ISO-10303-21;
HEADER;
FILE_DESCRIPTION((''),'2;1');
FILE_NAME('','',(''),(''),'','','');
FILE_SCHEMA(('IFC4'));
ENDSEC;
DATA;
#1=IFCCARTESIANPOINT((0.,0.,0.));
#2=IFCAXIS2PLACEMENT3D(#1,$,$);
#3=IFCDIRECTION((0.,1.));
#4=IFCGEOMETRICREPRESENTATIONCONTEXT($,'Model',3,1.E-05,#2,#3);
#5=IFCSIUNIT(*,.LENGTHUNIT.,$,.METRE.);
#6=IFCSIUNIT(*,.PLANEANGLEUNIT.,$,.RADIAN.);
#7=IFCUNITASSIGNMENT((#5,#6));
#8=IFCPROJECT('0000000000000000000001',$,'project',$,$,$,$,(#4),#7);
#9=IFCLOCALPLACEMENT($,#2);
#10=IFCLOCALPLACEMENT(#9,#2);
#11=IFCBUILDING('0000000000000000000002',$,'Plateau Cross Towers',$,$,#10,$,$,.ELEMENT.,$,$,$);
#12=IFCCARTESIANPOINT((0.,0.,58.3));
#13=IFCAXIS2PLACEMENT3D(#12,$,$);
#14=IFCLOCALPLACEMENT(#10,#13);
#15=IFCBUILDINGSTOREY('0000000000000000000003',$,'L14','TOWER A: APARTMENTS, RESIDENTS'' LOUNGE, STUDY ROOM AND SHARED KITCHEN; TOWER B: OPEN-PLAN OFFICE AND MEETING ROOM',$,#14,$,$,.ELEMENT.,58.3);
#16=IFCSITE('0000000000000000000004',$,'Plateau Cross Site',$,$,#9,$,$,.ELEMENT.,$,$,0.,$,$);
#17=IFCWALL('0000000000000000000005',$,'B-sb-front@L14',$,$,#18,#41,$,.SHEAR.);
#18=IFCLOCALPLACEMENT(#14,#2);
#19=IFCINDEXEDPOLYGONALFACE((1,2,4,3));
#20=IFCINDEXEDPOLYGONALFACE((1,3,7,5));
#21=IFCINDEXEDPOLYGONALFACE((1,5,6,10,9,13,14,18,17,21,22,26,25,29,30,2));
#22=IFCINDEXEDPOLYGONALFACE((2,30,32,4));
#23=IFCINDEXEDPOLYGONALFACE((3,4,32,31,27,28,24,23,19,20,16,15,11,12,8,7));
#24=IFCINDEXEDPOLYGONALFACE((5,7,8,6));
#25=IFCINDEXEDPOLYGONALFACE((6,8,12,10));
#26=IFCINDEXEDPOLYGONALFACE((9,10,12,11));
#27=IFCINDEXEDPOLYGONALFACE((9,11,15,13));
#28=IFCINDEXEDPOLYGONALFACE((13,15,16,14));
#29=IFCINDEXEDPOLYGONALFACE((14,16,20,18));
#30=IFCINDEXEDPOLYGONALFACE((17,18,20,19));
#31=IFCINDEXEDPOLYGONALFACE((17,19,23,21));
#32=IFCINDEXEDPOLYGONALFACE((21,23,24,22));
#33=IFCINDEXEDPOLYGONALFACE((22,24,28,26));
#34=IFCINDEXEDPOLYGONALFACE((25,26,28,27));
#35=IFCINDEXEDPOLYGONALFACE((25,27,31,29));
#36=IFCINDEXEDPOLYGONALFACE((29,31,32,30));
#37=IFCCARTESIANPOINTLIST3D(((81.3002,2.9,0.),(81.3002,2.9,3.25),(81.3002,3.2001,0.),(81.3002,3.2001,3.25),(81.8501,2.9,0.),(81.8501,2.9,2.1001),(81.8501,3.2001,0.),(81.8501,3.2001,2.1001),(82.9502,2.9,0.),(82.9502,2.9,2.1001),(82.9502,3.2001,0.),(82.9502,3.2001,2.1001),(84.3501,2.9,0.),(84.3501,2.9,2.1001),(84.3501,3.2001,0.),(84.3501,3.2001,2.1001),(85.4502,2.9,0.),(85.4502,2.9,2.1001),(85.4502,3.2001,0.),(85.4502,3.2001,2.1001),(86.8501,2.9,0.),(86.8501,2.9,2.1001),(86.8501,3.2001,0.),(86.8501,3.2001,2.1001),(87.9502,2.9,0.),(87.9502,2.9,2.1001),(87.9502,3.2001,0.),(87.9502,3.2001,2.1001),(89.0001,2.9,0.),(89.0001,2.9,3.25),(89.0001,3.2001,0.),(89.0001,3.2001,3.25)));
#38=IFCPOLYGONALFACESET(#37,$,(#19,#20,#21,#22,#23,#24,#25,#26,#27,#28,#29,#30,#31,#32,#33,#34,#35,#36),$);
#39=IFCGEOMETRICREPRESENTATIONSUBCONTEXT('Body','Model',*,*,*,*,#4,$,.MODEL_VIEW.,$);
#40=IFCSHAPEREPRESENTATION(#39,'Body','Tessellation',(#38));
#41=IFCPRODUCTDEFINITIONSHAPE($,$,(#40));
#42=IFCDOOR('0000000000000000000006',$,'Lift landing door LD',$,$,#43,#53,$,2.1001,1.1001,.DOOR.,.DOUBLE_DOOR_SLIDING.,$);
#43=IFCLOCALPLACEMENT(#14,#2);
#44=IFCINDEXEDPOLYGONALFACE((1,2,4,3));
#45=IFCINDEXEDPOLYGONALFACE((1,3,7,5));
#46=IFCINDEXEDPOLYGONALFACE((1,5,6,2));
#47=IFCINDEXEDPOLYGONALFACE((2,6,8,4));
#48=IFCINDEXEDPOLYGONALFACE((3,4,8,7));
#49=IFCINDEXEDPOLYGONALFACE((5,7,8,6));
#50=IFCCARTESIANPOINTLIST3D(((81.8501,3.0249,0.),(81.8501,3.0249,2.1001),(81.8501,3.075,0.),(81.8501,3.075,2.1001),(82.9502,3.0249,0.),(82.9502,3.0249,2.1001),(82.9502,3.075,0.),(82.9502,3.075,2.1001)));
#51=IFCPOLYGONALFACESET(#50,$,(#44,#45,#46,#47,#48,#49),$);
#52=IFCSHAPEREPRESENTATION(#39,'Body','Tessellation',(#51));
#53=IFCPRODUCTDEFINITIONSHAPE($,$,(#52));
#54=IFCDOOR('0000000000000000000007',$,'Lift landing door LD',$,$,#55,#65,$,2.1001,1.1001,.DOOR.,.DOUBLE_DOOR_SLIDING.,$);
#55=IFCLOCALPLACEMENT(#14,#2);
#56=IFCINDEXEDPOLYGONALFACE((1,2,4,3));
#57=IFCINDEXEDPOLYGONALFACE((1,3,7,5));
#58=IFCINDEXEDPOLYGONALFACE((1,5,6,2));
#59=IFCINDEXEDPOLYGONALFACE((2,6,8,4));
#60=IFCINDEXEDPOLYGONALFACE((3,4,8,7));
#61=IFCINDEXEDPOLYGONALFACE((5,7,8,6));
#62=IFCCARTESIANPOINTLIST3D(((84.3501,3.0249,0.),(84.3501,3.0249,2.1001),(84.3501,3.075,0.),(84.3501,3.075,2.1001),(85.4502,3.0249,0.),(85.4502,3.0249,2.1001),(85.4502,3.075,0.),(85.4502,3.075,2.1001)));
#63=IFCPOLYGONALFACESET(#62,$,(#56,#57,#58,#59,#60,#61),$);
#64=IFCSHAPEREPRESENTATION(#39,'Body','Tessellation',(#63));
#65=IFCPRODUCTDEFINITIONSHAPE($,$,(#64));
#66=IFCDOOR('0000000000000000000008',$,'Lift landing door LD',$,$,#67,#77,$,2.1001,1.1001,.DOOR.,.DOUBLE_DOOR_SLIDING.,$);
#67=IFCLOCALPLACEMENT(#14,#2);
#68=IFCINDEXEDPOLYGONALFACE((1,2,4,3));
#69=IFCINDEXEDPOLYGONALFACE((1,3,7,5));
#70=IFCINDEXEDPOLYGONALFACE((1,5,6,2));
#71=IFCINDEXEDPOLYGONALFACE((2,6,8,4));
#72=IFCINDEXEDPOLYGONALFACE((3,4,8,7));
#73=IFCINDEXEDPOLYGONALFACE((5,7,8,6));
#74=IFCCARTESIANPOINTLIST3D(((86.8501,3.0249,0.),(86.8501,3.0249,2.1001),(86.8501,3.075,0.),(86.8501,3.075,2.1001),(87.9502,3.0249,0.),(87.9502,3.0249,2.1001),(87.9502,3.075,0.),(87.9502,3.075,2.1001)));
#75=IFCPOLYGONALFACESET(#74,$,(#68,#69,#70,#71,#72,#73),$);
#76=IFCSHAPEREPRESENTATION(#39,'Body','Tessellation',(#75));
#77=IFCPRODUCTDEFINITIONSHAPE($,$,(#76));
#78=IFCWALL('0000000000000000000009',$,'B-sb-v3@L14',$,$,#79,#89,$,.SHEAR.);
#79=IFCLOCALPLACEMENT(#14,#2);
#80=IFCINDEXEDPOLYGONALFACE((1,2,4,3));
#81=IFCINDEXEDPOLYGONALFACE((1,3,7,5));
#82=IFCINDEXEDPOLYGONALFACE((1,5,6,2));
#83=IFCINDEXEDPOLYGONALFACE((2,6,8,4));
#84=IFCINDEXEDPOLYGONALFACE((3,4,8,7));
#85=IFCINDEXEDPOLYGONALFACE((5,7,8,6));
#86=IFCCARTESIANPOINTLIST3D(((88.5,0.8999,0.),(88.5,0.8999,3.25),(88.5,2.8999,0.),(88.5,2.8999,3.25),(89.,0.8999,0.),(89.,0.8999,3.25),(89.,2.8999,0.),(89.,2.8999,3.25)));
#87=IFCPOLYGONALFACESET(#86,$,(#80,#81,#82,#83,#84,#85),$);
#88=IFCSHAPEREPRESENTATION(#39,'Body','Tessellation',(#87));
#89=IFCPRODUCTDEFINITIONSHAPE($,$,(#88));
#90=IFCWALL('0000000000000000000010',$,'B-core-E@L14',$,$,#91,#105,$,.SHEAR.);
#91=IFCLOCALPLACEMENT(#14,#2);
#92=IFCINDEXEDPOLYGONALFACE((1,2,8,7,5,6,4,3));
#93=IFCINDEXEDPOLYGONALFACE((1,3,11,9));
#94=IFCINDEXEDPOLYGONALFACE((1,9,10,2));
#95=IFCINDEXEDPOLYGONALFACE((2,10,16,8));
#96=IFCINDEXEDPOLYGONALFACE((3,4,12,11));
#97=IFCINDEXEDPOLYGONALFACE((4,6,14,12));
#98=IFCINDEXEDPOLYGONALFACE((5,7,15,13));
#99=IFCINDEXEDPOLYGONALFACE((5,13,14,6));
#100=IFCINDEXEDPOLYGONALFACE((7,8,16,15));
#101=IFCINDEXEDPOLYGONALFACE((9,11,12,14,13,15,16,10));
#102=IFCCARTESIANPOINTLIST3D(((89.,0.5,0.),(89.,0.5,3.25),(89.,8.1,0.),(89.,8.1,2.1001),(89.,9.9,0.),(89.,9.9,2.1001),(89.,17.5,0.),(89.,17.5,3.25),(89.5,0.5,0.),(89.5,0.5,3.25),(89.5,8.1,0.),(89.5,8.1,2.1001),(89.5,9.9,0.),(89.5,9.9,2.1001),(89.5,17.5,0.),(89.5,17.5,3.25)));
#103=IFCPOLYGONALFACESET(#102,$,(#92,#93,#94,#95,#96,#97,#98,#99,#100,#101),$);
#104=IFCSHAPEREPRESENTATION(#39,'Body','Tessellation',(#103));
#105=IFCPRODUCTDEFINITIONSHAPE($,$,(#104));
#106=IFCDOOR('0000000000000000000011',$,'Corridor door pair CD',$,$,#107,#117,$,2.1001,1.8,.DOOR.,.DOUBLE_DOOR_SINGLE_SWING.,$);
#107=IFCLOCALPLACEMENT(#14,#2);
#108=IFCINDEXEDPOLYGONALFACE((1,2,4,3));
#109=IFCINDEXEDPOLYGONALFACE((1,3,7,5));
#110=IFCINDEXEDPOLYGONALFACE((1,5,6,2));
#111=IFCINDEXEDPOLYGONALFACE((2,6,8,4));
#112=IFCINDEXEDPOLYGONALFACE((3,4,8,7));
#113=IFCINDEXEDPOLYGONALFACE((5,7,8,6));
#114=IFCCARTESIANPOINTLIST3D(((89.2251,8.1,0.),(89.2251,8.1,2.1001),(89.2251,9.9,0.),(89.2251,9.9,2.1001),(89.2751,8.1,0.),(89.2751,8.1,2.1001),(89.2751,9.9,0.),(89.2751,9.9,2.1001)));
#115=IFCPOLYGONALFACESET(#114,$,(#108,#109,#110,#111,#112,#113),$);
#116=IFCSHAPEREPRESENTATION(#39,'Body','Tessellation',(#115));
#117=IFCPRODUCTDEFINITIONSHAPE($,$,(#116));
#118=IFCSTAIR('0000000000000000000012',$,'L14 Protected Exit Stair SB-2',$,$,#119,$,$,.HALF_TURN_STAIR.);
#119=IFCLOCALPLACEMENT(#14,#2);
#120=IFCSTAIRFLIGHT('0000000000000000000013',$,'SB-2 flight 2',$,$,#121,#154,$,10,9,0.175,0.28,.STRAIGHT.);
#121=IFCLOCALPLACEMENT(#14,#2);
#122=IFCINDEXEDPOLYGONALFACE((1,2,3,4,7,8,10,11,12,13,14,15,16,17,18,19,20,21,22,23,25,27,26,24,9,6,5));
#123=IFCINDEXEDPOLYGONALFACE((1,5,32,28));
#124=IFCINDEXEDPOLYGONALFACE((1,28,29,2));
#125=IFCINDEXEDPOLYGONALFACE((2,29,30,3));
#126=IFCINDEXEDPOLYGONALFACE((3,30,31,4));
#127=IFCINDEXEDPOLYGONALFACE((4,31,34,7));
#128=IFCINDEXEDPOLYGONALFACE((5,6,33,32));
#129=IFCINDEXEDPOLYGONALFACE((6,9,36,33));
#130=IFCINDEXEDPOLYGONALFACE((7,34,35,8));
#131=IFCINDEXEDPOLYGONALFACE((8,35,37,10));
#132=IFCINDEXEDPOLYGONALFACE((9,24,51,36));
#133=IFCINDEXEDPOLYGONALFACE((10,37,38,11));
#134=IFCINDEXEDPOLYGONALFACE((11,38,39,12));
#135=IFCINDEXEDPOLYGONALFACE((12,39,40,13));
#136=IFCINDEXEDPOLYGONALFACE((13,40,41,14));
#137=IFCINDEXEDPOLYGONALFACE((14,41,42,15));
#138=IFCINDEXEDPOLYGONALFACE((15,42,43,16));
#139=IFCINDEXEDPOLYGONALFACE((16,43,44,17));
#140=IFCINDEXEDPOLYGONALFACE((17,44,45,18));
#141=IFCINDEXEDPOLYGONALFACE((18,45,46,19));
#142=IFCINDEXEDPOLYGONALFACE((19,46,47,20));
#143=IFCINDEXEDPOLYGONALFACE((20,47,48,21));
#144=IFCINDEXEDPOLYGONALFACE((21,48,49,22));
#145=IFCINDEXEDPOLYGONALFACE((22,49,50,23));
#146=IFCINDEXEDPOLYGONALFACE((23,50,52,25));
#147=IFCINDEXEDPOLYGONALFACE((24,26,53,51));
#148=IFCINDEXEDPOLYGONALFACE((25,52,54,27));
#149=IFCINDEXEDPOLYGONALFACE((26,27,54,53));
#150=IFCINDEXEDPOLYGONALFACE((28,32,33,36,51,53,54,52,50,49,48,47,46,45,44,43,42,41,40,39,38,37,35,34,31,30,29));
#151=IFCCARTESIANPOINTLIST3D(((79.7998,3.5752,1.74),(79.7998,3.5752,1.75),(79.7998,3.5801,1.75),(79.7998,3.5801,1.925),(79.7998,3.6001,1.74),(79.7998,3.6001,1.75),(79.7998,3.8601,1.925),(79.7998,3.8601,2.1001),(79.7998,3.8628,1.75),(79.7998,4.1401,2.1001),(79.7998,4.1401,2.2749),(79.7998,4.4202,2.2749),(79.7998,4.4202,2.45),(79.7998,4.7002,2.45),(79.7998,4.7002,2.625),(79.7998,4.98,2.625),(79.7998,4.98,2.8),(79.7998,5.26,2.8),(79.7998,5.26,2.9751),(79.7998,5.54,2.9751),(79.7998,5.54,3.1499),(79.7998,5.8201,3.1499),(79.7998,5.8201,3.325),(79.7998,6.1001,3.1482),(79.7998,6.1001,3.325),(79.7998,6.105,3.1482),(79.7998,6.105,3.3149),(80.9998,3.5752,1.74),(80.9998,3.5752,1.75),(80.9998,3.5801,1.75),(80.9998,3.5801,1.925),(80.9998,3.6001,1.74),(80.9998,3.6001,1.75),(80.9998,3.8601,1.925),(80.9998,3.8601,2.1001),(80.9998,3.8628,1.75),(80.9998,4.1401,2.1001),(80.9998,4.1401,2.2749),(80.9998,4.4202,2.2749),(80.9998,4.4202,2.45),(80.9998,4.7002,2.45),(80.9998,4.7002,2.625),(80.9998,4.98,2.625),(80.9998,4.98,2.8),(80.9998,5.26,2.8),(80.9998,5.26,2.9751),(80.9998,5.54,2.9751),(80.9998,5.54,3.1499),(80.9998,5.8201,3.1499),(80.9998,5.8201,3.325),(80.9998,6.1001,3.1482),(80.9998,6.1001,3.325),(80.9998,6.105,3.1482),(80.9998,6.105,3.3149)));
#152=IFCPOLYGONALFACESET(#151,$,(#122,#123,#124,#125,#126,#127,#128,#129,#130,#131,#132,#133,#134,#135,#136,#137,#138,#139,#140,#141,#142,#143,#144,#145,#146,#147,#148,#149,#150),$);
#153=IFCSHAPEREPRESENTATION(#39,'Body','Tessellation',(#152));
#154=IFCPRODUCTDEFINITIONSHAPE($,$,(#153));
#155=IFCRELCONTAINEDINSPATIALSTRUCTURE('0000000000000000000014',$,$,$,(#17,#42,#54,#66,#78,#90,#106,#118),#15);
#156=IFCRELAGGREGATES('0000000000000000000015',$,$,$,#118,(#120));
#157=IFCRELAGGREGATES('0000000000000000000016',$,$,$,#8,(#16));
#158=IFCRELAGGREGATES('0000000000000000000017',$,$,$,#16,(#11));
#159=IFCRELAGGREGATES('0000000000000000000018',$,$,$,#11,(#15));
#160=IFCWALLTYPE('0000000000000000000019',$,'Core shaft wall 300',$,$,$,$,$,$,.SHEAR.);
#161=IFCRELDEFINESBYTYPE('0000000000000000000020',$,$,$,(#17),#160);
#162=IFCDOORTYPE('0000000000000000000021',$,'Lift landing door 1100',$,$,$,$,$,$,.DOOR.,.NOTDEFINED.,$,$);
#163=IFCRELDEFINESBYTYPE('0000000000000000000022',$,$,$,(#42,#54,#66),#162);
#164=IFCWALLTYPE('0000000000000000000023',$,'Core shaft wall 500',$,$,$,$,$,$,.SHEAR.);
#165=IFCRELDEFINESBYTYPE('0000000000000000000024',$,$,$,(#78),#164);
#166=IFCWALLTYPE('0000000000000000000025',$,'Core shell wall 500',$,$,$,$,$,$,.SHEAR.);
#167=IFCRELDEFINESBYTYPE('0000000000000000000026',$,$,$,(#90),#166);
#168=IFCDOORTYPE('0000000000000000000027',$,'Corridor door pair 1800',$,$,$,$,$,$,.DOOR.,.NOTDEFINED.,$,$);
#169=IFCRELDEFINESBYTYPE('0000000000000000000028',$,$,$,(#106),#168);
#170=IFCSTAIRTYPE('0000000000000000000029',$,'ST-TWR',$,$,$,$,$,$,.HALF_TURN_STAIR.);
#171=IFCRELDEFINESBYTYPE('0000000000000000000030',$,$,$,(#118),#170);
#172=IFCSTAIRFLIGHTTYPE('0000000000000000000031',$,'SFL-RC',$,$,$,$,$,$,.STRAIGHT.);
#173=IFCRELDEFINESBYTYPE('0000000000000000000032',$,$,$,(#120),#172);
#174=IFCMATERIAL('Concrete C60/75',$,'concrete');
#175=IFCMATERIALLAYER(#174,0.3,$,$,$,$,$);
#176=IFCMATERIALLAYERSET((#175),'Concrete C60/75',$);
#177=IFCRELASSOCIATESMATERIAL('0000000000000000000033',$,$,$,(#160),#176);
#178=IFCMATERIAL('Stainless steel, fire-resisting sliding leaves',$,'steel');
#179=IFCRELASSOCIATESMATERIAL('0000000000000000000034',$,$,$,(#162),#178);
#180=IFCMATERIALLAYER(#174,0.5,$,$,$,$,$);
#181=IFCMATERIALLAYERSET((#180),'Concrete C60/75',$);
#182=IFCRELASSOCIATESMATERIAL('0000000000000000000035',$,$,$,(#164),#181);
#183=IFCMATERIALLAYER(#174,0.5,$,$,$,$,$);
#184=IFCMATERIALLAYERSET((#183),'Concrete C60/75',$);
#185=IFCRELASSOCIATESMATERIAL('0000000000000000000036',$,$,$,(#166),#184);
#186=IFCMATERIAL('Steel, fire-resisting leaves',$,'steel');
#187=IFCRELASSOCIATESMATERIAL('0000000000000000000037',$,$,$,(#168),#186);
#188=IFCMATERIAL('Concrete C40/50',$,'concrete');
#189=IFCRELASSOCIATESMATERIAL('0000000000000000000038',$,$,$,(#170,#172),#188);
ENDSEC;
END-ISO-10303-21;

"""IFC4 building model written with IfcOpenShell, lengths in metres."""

from ifc_helpers import new_model, si_unit, direction, frame, frame_2d, origin, place, context, subcontext, project, spatial, polyline, rectangle, outline, extrude, material, layer, layer_set, type_object, element, fill, aggregate, save


model = new_model("IFC4")

# Units and contexts
model_context = context("Model", 3, precision=1e-05, world=origin(), true_north=direction((0.0, 1.0)))
body_context = subcontext(model_context, "Body", "Model", "MODEL_VIEW")
ifc_project = project(units=[si_unit("LENGTHUNIT", "METRE"), si_unit("PLANEANGLEUNIT", "RADIAN")], contexts=[model_context])

# Site, building, storey
site_placement = place(None, origin())
site = spatial("IfcSite", under=ifc_project, at=site_placement, Name="Plateau Cross Site", CompositionType="ELEMENT", RefElevation=0.0)
building_placement = place(site_placement, origin())
building = spatial("IfcBuilding", under=site, at=building_placement, Name="Plateau Cross Towers", CompositionType="ELEMENT")
storey_placement = place(building_placement, frame((0.0, 0.0, 58.3)))
storey = spatial("IfcBuildingStorey", under=building, at=storey_placement, Name="L14", Description="TOWER A: APARTMENTS, RESIDENTS' LOUNGE, STUDY ROOM AND SHARED KITCHEN; TOWER B: OPEN-PLAN OFFICE AND MEETING ROOM", CompositionType="ELEMENT", Elevation=58.3)

# Shared definitions
ifc_material_1 = material(Name="Concrete C60/75", Category="concrete")

# Shared definitions
ifc_layer_1 = layer(ifc_material_1, 0.3)
ifc_layer_set_1 = layer_set([ifc_layer_1], Name="Concrete C60/75")
wall_type_1 = type_object("IfcWallType", Name="Core shaft wall 300", PredefinedType="SHEAR", material=ifc_layer_set_1)

# Wall, openings, doors
wall_1_placement = place(storey_placement, frame((81.3, 3.05, 0.0), z_axis=(0.0, 0.0, 1.0), x_axis=(1.0, 0.0, 0.0)))
wall_1 = element("IfcWall", 1, at=wall_1_placement, inside=storey, type_object=wall_type_1, Name="B-sb-front@L14", PredefinedType="SHEAR", context=body_context, shape_type="SweptSolid", body=[
    extrude(rectangle(XDim=7.7, YDim=0.3, at=frame_2d((3.8501, 0.0))), origin(), (0.0, 0.0, 1.0), 3.25),
])
opening_1_placement = place(wall_1_placement, frame((0.55, 0.0, 0.0)))
opening_1 = element("IfcOpeningElement", 2, at=opening_1_placement, cuts=wall_1, PredefinedType="OPENING", context=body_context, shape_type="SweptSolid", body=[
    extrude(rectangle(XDim=1.1001, YDim=2.1001, at=frame_2d((0.55, 1.05))), frame((0.0, 0.1599, 0.0), z_axis=(0.0, -1.0, 0.0), x_axis=(1.0, 0.0, 0.0)), (0.0, 0.0, 1.0), 0.3201),
])
opening_2_placement = place(wall_1_placement, frame((3.05, 0.0, 0.0)))
opening_2 = element("IfcOpeningElement", 3, at=opening_2_placement, cuts=wall_1, PredefinedType="OPENING", context=body_context, shape_type="SweptSolid", body=[
    extrude(rectangle(XDim=1.1001, YDim=2.1001, at=frame_2d((0.55, 1.05))), frame((0.0, 0.1599, 0.0), z_axis=(0.0, -1.0, 0.0), x_axis=(1.0, 0.0, 0.0)), (0.0, 0.0, 1.0), 0.3201),
])
opening_3_placement = place(wall_1_placement, frame((5.55, 0.0, 0.0)))
opening_3 = element("IfcOpeningElement", 4, at=opening_3_placement, cuts=wall_1, PredefinedType="OPENING", context=body_context, shape_type="SweptSolid", body=[
    extrude(rectangle(XDim=1.1001, YDim=2.1001, at=frame_2d((0.55, 1.05))), frame((0.0, 0.1599, 0.0), z_axis=(0.0, -1.0, 0.0), x_axis=(1.0, 0.0, 0.0)), (0.0, 0.0, 1.0), 0.3201),
])
ifc_material_2 = material(Name="Stainless steel, fire-resisting sliding leaves", Category="steel")
door_type_1 = type_object("IfcDoorType", Name="Lift landing door 1100", OperationType="NOTDEFINED", PredefinedType="DOOR", material=ifc_material_2)
door_1_placement = place(opening_1_placement, origin())
door_1 = element("IfcDoor", 5, at=door_1_placement, inside=storey, type_object=door_type_1, Name="Lift landing door LD", OperationType="DOUBLE_DOOR_SLIDING", OverallHeight=2.1001, OverallWidth=1.1001, PredefinedType="DOOR", context=body_context, shape_type="SweptSolid", body=[
    extrude(rectangle(XDim=1.1001, YDim=2.1001, at=frame_2d((0.55, 1.05))), frame((0.0, 0.0249, 0.0), z_axis=(0.0, -1.0, 0.0), x_axis=(1.0, 0.0, 0.0)), (0.0, 0.0, 1.0), 0.05),
])
fill(opening_1, door_1)
door_2_placement = place(opening_2_placement, origin())
door_2 = element("IfcDoor", 6, at=door_2_placement, inside=storey, type_object=door_type_1, Name="Lift landing door LD", OperationType="DOUBLE_DOOR_SLIDING", OverallHeight=2.1001, OverallWidth=1.1001, PredefinedType="DOOR", context=body_context, shape_type="SweptSolid", body=[
    extrude(rectangle(XDim=1.1001, YDim=2.1001, at=frame_2d((0.55, 1.05))), frame((0.0, 0.0249, 0.0), z_axis=(0.0, -1.0, 0.0), x_axis=(1.0, 0.0, 0.0)), (0.0, 0.0, 1.0), 0.05),
])
fill(opening_2, door_2)
door_3_placement = place(opening_3_placement, origin())
door_3 = element("IfcDoor", 7, at=door_3_placement, inside=storey, type_object=door_type_1, Name="Lift landing door LD", OperationType="DOUBLE_DOOR_SLIDING", OverallHeight=2.1001, OverallWidth=1.1001, PredefinedType="DOOR", context=body_context, shape_type="SweptSolid", body=[
    extrude(rectangle(XDim=1.1001, YDim=2.1001, at=frame_2d((0.55, 1.05))), frame((0.0, 0.0249, 0.0), z_axis=(0.0, -1.0, 0.0), x_axis=(1.0, 0.0, 0.0)), (0.0, 0.0, 1.0), 0.05),
])
fill(opening_3, door_3)

# Wall
ifc_layer_2 = layer(ifc_material_1, 0.5)
ifc_layer_set_2 = layer_set([ifc_layer_2], Name="Concrete C60/75")
wall_type_2 = type_object("IfcWallType", Name="Core shaft wall 500", PredefinedType="SHEAR", material=ifc_layer_set_2)
wall_2_placement = place(storey_placement, frame((88.75, 0.8999, 0.0), z_axis=(0.0, 0.0, 1.0), x_axis=(0.0, 1.0, 0.0)))
element("IfcWall", 8, at=wall_2_placement, inside=storey, type_object=wall_type_2, Name="B-sb-v3@L14", PredefinedType="SHEAR", context=body_context, shape_type="SweptSolid", body=[
    extrude(rectangle(XDim=2.0, YDim=0.5, at=frame_2d((1.0, 0.0))), origin(), (0.0, 0.0, 1.0), 3.25),
])

# Wall, opening, door
ifc_layer_3 = layer(ifc_material_1, 0.5)
ifc_layer_set_3 = layer_set([ifc_layer_3], Name="Concrete C60/75")
wall_type_3 = type_object("IfcWallType", Name="Core shell wall 500", PredefinedType="SHEAR", material=ifc_layer_set_3)
wall_3_placement = place(storey_placement, frame((89.25, 0.5, 0.0), z_axis=(0.0, 0.0, 1.0), x_axis=(0.0, 1.0, 0.0)))
wall_3 = element("IfcWall", 9, at=wall_3_placement, inside=storey, type_object=wall_type_3, Name="B-core-E@L14", PredefinedType="SHEAR", context=body_context, shape_type="SweptSolid", body=[
    extrude(rectangle(XDim=17.0, YDim=0.5, at=frame_2d((8.5, 0.0))), origin(), (0.0, 0.0, 1.0), 3.25),
])
opening_4_placement = place(wall_3_placement, frame((7.6001, 0.0, 0.0)))
opening_4 = element("IfcOpeningElement", 10, at=opening_4_placement, cuts=wall_3, PredefinedType="OPENING", context=body_context, shape_type="SweptSolid", body=[
    extrude(rectangle(XDim=1.8, YDim=2.1001, at=frame_2d((0.8999, 1.05))), frame((0.0, 0.26, 0.0), z_axis=(0.0, -1.0, 0.0), x_axis=(1.0, 0.0, 0.0)), (0.0, 0.0, 1.0), 0.52),
])
ifc_material_3 = material(Name="Steel, fire-resisting leaves", Category="steel")
door_type_2 = type_object("IfcDoorType", Name="Corridor door pair 1800", OperationType="NOTDEFINED", PredefinedType="DOOR", material=ifc_material_3)
door_4_placement = place(opening_4_placement, origin())
door_4 = element("IfcDoor", 11, at=door_4_placement, inside=storey, type_object=door_type_2, Name="Corridor door pair CD", OperationType="DOUBLE_DOOR_SINGLE_SWING", OverallHeight=2.1001, OverallWidth=1.8, PredefinedType="DOOR", context=body_context, shape_type="SweptSolid", body=[
    extrude(rectangle(XDim=1.8, YDim=2.1001, at=frame_2d((0.8999, 1.05))), frame((0.0, 0.0249, 0.0), z_axis=(0.0, -1.0, 0.0), x_axis=(1.0, 0.0, 0.0)), (0.0, 0.0, 1.0), 0.05),
])
fill(opening_4, door_4)

# Stair, stair flight
ifc_material_4 = material(Name="Concrete C40/50", Category="concrete")
stair_type = type_object("IfcStairType", Name="ST-TWR", PredefinedType="HALF_TURN_STAIR", material=ifc_material_4)
stair_placement = place(storey_placement, origin())
stair = element("IfcStair", 12, at=stair_placement, inside=storey, type_object=stair_type, Name="L14 Protected Exit Stair SB-2", PredefinedType="HALF_TURN_STAIR")
stair_flight_type = type_object("IfcStairFlightType", Name="SFL-RC", PredefinedType="STRAIGHT", material=ifc_material_4)
stair_flight_placement = place(storey_placement, frame((80.3999, 3.5801, 1.75), z_axis=(0.0, 0.0, 1.0), x_axis=(0.0, 1.0, 0.0)))
stair_flight = element("IfcStairFlight", 13, at=stair_flight_placement, type_object=stair_flight_type, Name="SB-2 flight 2", NumberOfRisers=10, NumberOfTreads=9, PredefinedType="STRAIGHT", RiserHeight=0.175, TreadLength=0.28, context=body_context, shape_type="SweptSolid", body=[
    extrude(outline(polyline([(-0.0049, -0.01), (-0.0049, 0.0), (0.0, 0.0), (0.0, 0.175), (0.28, 0.175), (0.28, 0.3501), (0.5601, 0.3501), (0.5601, 0.5249), (0.8401, 0.5249), (0.8401, 0.7), (1.1201, 0.7), (1.1201, 0.875), (1.3999, 0.875), (1.3999, 1.05), (1.6799, 1.05), (1.6799, 1.2251), (1.96, 1.2251), (1.96, 1.3999), (2.24, 1.3999), (2.24, 1.575), (2.52, 1.575), (2.5249, 1.5649), (2.5249, 1.3982), (2.52, 1.3982), (0.2827, 0.0), (0.02, 0.0), (0.02, -0.01), (-0.0049, -0.01)])), frame((0.0, 0.6001, 0.0), z_axis=(0.0, -1.0, 0.0), x_axis=(1.0, 0.0, 0.0)), (0.0, 0.0, 1.0), 1.2),
])
aggregate(stair, [stair_flight])

save(model, "model.ifc")
